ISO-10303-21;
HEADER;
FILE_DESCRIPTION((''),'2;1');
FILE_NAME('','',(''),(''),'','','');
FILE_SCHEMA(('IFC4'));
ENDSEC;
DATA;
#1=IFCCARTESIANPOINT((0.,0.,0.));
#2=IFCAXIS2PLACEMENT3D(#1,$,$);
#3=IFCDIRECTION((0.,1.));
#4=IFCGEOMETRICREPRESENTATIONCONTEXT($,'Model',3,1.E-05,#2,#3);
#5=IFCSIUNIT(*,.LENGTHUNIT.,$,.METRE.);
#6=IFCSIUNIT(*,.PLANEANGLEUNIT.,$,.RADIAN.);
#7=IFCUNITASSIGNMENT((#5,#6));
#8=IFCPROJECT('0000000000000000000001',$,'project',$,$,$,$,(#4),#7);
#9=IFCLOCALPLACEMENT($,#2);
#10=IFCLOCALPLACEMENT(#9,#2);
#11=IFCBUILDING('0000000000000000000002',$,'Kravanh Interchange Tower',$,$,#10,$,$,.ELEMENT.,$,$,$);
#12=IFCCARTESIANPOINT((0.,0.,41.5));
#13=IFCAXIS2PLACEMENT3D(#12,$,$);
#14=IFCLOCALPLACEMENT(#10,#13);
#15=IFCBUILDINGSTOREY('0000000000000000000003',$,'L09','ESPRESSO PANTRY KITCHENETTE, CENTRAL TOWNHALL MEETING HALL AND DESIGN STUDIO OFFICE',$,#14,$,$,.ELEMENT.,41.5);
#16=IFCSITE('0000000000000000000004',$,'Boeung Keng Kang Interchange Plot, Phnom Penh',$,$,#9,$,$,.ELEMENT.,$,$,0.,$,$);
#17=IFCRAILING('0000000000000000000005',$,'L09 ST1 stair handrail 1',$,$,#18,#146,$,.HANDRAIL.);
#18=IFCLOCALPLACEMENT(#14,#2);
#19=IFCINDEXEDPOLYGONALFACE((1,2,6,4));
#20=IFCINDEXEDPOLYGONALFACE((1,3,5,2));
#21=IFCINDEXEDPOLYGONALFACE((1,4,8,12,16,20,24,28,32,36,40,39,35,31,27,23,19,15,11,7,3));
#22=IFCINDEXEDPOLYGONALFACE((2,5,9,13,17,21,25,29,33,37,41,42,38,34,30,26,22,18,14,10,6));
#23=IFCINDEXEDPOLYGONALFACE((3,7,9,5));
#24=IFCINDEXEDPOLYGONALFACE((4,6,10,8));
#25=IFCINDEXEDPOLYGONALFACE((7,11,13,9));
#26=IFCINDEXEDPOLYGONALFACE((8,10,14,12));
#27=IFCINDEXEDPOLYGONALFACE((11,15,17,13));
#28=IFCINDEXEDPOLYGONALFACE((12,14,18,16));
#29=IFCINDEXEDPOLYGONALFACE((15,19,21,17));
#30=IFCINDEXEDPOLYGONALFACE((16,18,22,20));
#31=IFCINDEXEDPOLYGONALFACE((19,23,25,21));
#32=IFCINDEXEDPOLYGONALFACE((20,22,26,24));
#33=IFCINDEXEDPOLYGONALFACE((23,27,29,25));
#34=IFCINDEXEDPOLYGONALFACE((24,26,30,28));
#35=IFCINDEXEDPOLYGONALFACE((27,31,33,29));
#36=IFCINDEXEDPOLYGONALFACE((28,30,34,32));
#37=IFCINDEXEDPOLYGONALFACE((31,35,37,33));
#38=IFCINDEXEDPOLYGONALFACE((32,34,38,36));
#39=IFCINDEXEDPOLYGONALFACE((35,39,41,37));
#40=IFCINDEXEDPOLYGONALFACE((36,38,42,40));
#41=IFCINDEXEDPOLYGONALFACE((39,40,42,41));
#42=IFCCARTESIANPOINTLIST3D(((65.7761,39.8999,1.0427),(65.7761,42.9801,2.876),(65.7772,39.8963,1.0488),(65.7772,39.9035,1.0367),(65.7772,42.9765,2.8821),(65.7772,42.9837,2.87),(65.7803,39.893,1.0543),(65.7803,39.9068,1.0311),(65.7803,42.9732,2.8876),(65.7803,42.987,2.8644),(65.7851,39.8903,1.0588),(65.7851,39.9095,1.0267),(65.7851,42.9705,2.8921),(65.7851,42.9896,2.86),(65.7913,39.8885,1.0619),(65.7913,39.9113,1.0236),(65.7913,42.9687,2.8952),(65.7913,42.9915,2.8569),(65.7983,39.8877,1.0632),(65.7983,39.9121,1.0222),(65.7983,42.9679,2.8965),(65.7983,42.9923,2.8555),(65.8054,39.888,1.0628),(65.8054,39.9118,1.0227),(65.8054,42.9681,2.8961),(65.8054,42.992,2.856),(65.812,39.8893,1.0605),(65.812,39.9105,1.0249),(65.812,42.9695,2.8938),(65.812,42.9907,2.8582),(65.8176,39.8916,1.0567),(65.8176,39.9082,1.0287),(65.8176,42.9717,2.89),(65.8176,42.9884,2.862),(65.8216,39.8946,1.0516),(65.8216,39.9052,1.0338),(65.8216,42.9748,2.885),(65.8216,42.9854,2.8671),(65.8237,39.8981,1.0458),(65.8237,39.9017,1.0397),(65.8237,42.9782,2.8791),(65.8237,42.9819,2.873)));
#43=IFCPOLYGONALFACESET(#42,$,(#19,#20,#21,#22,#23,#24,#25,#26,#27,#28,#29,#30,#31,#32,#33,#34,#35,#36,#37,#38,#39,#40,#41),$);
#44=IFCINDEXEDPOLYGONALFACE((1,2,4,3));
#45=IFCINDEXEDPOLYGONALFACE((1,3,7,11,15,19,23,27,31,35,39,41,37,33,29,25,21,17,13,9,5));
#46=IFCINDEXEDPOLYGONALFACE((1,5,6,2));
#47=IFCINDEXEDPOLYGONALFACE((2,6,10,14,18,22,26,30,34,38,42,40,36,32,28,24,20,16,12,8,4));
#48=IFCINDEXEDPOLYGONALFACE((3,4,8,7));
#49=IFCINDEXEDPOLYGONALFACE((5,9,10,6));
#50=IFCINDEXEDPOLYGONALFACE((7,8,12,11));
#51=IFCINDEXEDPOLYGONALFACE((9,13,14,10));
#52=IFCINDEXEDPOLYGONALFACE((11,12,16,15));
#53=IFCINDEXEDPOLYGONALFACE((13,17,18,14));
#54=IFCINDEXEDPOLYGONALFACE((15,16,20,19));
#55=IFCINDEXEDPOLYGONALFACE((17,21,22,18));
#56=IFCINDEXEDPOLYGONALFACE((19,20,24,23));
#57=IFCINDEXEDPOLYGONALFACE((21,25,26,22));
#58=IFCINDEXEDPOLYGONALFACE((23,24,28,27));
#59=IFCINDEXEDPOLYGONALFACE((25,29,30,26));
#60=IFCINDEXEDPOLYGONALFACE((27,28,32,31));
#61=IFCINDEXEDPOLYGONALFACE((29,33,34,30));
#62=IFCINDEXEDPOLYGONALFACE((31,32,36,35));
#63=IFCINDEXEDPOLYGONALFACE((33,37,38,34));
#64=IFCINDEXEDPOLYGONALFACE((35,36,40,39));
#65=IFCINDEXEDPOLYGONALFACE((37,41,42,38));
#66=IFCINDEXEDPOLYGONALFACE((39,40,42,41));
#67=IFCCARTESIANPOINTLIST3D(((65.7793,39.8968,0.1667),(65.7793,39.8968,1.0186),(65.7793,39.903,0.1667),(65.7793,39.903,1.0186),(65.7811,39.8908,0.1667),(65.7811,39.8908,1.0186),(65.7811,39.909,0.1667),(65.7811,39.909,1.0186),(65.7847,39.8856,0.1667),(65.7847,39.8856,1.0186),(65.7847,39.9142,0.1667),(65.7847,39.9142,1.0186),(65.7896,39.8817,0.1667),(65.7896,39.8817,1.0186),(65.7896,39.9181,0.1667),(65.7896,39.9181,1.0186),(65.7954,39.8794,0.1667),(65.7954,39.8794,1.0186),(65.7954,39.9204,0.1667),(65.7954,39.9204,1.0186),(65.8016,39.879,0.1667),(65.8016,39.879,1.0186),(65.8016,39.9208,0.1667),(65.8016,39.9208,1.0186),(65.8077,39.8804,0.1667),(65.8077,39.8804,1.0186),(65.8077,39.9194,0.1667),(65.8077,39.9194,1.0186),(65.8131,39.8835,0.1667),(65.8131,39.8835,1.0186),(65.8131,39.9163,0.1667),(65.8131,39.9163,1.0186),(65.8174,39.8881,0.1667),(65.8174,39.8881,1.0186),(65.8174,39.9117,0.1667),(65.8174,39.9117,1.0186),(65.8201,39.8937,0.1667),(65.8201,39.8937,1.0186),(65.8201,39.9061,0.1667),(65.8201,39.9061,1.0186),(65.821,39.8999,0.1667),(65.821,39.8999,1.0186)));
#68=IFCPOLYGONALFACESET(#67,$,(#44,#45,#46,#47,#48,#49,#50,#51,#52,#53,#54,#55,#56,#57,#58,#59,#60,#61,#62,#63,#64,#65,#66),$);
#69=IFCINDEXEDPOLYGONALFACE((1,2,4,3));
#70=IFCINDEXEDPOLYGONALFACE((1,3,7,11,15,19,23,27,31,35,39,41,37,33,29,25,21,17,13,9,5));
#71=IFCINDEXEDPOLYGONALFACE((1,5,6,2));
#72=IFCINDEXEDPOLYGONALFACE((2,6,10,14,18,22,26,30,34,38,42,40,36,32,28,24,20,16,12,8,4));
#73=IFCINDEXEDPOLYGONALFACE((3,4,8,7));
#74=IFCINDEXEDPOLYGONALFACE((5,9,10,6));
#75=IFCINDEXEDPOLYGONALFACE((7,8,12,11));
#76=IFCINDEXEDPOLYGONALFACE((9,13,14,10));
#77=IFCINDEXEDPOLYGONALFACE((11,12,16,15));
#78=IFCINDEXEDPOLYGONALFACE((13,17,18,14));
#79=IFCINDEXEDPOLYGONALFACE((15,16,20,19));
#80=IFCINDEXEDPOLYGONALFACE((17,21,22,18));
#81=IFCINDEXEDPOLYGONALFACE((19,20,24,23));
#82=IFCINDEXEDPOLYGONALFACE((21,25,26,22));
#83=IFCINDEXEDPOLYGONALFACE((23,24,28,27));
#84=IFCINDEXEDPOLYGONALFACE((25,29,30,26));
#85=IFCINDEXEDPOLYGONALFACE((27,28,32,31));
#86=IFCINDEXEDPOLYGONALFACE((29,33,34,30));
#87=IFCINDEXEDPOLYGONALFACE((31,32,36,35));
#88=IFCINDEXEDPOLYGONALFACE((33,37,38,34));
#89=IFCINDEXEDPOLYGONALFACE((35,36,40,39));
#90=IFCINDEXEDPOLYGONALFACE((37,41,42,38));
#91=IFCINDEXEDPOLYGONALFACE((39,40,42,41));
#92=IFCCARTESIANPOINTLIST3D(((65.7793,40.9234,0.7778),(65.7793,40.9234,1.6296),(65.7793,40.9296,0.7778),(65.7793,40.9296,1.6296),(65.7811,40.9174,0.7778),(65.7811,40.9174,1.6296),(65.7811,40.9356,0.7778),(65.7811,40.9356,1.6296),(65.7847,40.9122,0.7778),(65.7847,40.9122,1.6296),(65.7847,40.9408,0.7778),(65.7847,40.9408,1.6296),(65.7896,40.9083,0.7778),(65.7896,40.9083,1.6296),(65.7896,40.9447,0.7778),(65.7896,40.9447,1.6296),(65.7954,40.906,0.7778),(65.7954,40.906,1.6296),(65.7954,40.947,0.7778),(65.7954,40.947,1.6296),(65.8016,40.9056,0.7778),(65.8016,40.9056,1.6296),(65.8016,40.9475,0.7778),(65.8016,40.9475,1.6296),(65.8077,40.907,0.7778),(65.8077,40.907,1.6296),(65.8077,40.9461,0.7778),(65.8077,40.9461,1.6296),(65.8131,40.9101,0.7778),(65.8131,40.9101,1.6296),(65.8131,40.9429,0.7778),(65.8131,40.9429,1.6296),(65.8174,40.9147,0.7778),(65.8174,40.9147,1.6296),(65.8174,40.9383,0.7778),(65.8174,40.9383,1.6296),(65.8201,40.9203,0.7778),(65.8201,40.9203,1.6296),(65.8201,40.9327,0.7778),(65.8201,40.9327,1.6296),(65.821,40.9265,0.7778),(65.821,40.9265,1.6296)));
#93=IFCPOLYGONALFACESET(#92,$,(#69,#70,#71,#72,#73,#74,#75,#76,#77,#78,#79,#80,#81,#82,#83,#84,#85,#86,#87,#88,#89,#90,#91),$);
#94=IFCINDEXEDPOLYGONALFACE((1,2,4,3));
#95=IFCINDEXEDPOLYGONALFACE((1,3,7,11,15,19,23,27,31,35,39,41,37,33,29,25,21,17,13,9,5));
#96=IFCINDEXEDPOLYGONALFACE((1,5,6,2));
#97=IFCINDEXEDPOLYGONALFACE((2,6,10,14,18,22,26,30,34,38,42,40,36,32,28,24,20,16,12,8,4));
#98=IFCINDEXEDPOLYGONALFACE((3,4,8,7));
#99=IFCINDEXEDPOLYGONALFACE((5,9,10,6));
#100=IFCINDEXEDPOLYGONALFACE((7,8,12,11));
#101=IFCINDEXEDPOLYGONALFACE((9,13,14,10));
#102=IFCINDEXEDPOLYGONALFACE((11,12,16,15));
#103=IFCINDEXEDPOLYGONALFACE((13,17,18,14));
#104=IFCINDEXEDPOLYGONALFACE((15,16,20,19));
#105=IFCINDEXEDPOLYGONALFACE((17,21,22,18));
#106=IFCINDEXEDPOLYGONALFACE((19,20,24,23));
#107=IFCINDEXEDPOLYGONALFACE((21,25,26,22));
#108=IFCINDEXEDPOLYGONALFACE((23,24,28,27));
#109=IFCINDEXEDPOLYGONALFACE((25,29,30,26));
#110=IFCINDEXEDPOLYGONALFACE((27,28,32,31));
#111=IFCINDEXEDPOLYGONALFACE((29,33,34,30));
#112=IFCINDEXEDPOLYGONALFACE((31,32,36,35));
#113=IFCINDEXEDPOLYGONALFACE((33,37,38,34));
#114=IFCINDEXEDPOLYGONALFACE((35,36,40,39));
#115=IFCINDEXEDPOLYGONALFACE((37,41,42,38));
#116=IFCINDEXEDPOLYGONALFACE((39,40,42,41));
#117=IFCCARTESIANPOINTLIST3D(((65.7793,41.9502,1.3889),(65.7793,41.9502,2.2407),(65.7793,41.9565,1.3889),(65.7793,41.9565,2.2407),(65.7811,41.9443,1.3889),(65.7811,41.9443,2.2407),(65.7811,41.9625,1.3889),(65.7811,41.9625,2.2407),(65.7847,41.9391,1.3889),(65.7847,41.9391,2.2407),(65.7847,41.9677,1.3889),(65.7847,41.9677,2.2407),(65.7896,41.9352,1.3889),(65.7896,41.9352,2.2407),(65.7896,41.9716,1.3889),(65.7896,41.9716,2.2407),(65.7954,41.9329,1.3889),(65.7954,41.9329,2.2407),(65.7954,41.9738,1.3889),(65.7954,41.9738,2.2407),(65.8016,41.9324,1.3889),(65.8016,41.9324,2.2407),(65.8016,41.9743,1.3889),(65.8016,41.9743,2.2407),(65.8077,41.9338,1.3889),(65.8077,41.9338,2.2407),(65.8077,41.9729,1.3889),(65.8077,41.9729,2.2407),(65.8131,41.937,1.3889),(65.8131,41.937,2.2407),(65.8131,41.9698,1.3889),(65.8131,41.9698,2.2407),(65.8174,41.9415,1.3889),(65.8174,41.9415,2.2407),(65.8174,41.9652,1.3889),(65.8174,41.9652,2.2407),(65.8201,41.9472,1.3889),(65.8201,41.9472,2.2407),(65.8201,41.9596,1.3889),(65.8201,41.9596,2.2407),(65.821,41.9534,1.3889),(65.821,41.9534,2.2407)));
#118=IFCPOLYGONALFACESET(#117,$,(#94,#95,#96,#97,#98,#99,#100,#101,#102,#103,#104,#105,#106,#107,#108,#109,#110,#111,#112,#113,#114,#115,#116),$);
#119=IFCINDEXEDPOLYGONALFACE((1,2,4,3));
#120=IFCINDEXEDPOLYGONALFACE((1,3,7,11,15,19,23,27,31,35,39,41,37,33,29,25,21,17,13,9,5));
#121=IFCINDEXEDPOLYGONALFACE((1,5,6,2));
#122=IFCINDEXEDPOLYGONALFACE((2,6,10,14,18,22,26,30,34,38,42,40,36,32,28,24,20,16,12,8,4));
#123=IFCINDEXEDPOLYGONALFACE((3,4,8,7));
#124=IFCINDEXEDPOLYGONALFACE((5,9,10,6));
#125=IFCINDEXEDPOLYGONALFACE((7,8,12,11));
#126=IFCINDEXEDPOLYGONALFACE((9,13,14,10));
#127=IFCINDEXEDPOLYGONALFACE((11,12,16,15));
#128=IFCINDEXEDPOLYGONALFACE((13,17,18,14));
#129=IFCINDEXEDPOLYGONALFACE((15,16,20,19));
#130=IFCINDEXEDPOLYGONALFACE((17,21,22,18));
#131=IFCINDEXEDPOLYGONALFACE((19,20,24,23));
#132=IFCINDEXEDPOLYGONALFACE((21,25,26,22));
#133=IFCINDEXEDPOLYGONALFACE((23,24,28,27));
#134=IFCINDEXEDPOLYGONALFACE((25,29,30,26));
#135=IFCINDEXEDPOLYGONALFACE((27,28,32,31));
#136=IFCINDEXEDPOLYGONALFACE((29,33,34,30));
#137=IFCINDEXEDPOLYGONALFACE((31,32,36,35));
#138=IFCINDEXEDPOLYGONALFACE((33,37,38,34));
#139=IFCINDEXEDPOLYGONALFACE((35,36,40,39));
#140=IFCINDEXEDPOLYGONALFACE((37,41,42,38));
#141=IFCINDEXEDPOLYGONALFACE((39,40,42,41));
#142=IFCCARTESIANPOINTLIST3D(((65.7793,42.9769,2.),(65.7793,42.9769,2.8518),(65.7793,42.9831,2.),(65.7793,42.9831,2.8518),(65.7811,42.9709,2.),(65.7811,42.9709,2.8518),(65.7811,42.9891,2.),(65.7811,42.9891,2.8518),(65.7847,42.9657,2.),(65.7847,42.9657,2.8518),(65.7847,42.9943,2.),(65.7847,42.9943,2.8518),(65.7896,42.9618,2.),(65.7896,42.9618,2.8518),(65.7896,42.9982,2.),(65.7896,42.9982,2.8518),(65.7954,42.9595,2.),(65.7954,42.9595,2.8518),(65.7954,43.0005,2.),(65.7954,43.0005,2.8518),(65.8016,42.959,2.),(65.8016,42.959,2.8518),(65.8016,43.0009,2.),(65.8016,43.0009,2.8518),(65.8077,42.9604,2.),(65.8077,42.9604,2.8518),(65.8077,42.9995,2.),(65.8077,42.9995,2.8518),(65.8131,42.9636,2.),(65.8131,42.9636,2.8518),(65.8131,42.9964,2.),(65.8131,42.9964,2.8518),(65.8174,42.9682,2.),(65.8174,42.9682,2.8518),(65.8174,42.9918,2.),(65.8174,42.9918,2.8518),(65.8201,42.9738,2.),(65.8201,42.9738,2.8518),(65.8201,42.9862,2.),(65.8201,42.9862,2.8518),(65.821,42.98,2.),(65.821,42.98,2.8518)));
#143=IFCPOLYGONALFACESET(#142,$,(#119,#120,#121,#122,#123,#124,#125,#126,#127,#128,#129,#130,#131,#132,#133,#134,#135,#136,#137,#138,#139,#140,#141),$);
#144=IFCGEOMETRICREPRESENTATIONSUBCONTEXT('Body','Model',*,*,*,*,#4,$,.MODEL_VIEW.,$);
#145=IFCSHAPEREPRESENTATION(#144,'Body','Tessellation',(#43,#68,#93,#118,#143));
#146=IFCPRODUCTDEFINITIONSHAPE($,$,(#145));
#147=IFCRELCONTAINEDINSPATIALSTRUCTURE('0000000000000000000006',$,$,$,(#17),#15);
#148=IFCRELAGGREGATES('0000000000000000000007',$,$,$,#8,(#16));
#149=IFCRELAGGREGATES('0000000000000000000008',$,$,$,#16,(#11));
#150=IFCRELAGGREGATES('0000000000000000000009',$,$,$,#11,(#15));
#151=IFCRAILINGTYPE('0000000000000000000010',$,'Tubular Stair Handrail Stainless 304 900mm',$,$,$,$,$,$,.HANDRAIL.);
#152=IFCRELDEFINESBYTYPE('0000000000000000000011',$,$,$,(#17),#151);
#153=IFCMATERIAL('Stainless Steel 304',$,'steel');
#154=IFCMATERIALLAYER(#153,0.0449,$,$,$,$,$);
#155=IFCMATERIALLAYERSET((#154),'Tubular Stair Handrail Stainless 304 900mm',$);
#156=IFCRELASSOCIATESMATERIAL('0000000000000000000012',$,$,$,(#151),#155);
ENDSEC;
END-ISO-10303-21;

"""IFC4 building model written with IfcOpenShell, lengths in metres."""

from ifc_helpers import new_model, si_unit, direction, frame, origin, origin_2d, place, context, subcontext, project, spatial, circle, extrude, material, layer, layer_set, type_object, element, save


model = new_model("IFC4")

# Units and contexts
model_context = context("Model", 3, precision=1e-05, world=origin(), true_north=direction((0.0, 1.0)))
body_context = subcontext(model_context, "Body", "Model", "MODEL_VIEW")
ifc_project = project(units=[si_unit("LENGTHUNIT", "METRE"), si_unit("PLANEANGLEUNIT", "RADIAN")], contexts=[model_context])

# Site, building, storey
site_placement = place(None, origin())
site = spatial("IfcSite", under=ifc_project, at=site_placement, Name="Boeung Keng Kang Interchange Plot, Phnom Penh", CompositionType="ELEMENT", RefElevation=0.0)
building_placement = place(site_placement, origin())
building = spatial("IfcBuilding", under=site, at=building_placement, Name="Kravanh Interchange Tower", CompositionType="ELEMENT")
storey_placement = place(building_placement, frame((0.0, 0.0, 41.5)))
storey = spatial("IfcBuildingStorey", under=building, at=storey_placement, Name="L09", Description="ESPRESSO PANTRY KITCHENETTE, CENTRAL TOWNHALL MEETING HALL AND DESIGN STUDIO OFFICE", CompositionType="ELEMENT", Elevation=41.5)

# Railing
ifc_material_1 = material(Name="Stainless Steel 304", Category="steel")
ifc_layer_1 = layer(ifc_material_1, 0.0449)
ifc_layer_set_1 = layer_set([ifc_layer_1], Name="Tubular Stair Handrail Stainless 304 900mm")
railing_type_1 = type_object("IfcRailingType", Name="Tubular Stair Handrail Stainless 304 900mm", PredefinedType="HANDRAIL", material=ifc_layer_set_1)
railing_1_placement = place(storey_placement, frame((65.8, 39.8999, 0.1667)))
element("IfcRailing", 1, at=railing_1_placement, inside=storey, type_object=railing_type_1, Name="L09 ST1 stair handrail 1", PredefinedType="HANDRAIL", context=body_context, shape_type="SweptSolid", body=[
    extrude(circle(Radius=0.0239, at=origin_2d()), frame((0.0, 0.0, 0.876), z_axis=(0.0, 0.859309, 0.511458), x_axis=(-1.0, 0.0, 0.0)), (0.0, 0.0, 1.0), 3.5845),
    extrude(circle(Radius=0.021, at=origin_2d()), origin(), (0.0, 0.0, 1.0), 0.8518),
    extrude(circle(Radius=0.021, at=origin_2d()), frame((0.0, 1.0266, 0.6111)), (0.0, 0.0, 1.0), 0.8518),
    extrude(circle(Radius=0.021, at=origin_2d()), frame((0.0, 2.0535, 1.2222)), (0.0, 0.0, 1.0), 0.8518),
    extrude(circle(Radius=0.021, at=origin_2d()), frame((0.0, 3.0801, 1.8333)), (0.0, 0.0, 1.0), 0.8518),
])

save(model, "model.ifc")
